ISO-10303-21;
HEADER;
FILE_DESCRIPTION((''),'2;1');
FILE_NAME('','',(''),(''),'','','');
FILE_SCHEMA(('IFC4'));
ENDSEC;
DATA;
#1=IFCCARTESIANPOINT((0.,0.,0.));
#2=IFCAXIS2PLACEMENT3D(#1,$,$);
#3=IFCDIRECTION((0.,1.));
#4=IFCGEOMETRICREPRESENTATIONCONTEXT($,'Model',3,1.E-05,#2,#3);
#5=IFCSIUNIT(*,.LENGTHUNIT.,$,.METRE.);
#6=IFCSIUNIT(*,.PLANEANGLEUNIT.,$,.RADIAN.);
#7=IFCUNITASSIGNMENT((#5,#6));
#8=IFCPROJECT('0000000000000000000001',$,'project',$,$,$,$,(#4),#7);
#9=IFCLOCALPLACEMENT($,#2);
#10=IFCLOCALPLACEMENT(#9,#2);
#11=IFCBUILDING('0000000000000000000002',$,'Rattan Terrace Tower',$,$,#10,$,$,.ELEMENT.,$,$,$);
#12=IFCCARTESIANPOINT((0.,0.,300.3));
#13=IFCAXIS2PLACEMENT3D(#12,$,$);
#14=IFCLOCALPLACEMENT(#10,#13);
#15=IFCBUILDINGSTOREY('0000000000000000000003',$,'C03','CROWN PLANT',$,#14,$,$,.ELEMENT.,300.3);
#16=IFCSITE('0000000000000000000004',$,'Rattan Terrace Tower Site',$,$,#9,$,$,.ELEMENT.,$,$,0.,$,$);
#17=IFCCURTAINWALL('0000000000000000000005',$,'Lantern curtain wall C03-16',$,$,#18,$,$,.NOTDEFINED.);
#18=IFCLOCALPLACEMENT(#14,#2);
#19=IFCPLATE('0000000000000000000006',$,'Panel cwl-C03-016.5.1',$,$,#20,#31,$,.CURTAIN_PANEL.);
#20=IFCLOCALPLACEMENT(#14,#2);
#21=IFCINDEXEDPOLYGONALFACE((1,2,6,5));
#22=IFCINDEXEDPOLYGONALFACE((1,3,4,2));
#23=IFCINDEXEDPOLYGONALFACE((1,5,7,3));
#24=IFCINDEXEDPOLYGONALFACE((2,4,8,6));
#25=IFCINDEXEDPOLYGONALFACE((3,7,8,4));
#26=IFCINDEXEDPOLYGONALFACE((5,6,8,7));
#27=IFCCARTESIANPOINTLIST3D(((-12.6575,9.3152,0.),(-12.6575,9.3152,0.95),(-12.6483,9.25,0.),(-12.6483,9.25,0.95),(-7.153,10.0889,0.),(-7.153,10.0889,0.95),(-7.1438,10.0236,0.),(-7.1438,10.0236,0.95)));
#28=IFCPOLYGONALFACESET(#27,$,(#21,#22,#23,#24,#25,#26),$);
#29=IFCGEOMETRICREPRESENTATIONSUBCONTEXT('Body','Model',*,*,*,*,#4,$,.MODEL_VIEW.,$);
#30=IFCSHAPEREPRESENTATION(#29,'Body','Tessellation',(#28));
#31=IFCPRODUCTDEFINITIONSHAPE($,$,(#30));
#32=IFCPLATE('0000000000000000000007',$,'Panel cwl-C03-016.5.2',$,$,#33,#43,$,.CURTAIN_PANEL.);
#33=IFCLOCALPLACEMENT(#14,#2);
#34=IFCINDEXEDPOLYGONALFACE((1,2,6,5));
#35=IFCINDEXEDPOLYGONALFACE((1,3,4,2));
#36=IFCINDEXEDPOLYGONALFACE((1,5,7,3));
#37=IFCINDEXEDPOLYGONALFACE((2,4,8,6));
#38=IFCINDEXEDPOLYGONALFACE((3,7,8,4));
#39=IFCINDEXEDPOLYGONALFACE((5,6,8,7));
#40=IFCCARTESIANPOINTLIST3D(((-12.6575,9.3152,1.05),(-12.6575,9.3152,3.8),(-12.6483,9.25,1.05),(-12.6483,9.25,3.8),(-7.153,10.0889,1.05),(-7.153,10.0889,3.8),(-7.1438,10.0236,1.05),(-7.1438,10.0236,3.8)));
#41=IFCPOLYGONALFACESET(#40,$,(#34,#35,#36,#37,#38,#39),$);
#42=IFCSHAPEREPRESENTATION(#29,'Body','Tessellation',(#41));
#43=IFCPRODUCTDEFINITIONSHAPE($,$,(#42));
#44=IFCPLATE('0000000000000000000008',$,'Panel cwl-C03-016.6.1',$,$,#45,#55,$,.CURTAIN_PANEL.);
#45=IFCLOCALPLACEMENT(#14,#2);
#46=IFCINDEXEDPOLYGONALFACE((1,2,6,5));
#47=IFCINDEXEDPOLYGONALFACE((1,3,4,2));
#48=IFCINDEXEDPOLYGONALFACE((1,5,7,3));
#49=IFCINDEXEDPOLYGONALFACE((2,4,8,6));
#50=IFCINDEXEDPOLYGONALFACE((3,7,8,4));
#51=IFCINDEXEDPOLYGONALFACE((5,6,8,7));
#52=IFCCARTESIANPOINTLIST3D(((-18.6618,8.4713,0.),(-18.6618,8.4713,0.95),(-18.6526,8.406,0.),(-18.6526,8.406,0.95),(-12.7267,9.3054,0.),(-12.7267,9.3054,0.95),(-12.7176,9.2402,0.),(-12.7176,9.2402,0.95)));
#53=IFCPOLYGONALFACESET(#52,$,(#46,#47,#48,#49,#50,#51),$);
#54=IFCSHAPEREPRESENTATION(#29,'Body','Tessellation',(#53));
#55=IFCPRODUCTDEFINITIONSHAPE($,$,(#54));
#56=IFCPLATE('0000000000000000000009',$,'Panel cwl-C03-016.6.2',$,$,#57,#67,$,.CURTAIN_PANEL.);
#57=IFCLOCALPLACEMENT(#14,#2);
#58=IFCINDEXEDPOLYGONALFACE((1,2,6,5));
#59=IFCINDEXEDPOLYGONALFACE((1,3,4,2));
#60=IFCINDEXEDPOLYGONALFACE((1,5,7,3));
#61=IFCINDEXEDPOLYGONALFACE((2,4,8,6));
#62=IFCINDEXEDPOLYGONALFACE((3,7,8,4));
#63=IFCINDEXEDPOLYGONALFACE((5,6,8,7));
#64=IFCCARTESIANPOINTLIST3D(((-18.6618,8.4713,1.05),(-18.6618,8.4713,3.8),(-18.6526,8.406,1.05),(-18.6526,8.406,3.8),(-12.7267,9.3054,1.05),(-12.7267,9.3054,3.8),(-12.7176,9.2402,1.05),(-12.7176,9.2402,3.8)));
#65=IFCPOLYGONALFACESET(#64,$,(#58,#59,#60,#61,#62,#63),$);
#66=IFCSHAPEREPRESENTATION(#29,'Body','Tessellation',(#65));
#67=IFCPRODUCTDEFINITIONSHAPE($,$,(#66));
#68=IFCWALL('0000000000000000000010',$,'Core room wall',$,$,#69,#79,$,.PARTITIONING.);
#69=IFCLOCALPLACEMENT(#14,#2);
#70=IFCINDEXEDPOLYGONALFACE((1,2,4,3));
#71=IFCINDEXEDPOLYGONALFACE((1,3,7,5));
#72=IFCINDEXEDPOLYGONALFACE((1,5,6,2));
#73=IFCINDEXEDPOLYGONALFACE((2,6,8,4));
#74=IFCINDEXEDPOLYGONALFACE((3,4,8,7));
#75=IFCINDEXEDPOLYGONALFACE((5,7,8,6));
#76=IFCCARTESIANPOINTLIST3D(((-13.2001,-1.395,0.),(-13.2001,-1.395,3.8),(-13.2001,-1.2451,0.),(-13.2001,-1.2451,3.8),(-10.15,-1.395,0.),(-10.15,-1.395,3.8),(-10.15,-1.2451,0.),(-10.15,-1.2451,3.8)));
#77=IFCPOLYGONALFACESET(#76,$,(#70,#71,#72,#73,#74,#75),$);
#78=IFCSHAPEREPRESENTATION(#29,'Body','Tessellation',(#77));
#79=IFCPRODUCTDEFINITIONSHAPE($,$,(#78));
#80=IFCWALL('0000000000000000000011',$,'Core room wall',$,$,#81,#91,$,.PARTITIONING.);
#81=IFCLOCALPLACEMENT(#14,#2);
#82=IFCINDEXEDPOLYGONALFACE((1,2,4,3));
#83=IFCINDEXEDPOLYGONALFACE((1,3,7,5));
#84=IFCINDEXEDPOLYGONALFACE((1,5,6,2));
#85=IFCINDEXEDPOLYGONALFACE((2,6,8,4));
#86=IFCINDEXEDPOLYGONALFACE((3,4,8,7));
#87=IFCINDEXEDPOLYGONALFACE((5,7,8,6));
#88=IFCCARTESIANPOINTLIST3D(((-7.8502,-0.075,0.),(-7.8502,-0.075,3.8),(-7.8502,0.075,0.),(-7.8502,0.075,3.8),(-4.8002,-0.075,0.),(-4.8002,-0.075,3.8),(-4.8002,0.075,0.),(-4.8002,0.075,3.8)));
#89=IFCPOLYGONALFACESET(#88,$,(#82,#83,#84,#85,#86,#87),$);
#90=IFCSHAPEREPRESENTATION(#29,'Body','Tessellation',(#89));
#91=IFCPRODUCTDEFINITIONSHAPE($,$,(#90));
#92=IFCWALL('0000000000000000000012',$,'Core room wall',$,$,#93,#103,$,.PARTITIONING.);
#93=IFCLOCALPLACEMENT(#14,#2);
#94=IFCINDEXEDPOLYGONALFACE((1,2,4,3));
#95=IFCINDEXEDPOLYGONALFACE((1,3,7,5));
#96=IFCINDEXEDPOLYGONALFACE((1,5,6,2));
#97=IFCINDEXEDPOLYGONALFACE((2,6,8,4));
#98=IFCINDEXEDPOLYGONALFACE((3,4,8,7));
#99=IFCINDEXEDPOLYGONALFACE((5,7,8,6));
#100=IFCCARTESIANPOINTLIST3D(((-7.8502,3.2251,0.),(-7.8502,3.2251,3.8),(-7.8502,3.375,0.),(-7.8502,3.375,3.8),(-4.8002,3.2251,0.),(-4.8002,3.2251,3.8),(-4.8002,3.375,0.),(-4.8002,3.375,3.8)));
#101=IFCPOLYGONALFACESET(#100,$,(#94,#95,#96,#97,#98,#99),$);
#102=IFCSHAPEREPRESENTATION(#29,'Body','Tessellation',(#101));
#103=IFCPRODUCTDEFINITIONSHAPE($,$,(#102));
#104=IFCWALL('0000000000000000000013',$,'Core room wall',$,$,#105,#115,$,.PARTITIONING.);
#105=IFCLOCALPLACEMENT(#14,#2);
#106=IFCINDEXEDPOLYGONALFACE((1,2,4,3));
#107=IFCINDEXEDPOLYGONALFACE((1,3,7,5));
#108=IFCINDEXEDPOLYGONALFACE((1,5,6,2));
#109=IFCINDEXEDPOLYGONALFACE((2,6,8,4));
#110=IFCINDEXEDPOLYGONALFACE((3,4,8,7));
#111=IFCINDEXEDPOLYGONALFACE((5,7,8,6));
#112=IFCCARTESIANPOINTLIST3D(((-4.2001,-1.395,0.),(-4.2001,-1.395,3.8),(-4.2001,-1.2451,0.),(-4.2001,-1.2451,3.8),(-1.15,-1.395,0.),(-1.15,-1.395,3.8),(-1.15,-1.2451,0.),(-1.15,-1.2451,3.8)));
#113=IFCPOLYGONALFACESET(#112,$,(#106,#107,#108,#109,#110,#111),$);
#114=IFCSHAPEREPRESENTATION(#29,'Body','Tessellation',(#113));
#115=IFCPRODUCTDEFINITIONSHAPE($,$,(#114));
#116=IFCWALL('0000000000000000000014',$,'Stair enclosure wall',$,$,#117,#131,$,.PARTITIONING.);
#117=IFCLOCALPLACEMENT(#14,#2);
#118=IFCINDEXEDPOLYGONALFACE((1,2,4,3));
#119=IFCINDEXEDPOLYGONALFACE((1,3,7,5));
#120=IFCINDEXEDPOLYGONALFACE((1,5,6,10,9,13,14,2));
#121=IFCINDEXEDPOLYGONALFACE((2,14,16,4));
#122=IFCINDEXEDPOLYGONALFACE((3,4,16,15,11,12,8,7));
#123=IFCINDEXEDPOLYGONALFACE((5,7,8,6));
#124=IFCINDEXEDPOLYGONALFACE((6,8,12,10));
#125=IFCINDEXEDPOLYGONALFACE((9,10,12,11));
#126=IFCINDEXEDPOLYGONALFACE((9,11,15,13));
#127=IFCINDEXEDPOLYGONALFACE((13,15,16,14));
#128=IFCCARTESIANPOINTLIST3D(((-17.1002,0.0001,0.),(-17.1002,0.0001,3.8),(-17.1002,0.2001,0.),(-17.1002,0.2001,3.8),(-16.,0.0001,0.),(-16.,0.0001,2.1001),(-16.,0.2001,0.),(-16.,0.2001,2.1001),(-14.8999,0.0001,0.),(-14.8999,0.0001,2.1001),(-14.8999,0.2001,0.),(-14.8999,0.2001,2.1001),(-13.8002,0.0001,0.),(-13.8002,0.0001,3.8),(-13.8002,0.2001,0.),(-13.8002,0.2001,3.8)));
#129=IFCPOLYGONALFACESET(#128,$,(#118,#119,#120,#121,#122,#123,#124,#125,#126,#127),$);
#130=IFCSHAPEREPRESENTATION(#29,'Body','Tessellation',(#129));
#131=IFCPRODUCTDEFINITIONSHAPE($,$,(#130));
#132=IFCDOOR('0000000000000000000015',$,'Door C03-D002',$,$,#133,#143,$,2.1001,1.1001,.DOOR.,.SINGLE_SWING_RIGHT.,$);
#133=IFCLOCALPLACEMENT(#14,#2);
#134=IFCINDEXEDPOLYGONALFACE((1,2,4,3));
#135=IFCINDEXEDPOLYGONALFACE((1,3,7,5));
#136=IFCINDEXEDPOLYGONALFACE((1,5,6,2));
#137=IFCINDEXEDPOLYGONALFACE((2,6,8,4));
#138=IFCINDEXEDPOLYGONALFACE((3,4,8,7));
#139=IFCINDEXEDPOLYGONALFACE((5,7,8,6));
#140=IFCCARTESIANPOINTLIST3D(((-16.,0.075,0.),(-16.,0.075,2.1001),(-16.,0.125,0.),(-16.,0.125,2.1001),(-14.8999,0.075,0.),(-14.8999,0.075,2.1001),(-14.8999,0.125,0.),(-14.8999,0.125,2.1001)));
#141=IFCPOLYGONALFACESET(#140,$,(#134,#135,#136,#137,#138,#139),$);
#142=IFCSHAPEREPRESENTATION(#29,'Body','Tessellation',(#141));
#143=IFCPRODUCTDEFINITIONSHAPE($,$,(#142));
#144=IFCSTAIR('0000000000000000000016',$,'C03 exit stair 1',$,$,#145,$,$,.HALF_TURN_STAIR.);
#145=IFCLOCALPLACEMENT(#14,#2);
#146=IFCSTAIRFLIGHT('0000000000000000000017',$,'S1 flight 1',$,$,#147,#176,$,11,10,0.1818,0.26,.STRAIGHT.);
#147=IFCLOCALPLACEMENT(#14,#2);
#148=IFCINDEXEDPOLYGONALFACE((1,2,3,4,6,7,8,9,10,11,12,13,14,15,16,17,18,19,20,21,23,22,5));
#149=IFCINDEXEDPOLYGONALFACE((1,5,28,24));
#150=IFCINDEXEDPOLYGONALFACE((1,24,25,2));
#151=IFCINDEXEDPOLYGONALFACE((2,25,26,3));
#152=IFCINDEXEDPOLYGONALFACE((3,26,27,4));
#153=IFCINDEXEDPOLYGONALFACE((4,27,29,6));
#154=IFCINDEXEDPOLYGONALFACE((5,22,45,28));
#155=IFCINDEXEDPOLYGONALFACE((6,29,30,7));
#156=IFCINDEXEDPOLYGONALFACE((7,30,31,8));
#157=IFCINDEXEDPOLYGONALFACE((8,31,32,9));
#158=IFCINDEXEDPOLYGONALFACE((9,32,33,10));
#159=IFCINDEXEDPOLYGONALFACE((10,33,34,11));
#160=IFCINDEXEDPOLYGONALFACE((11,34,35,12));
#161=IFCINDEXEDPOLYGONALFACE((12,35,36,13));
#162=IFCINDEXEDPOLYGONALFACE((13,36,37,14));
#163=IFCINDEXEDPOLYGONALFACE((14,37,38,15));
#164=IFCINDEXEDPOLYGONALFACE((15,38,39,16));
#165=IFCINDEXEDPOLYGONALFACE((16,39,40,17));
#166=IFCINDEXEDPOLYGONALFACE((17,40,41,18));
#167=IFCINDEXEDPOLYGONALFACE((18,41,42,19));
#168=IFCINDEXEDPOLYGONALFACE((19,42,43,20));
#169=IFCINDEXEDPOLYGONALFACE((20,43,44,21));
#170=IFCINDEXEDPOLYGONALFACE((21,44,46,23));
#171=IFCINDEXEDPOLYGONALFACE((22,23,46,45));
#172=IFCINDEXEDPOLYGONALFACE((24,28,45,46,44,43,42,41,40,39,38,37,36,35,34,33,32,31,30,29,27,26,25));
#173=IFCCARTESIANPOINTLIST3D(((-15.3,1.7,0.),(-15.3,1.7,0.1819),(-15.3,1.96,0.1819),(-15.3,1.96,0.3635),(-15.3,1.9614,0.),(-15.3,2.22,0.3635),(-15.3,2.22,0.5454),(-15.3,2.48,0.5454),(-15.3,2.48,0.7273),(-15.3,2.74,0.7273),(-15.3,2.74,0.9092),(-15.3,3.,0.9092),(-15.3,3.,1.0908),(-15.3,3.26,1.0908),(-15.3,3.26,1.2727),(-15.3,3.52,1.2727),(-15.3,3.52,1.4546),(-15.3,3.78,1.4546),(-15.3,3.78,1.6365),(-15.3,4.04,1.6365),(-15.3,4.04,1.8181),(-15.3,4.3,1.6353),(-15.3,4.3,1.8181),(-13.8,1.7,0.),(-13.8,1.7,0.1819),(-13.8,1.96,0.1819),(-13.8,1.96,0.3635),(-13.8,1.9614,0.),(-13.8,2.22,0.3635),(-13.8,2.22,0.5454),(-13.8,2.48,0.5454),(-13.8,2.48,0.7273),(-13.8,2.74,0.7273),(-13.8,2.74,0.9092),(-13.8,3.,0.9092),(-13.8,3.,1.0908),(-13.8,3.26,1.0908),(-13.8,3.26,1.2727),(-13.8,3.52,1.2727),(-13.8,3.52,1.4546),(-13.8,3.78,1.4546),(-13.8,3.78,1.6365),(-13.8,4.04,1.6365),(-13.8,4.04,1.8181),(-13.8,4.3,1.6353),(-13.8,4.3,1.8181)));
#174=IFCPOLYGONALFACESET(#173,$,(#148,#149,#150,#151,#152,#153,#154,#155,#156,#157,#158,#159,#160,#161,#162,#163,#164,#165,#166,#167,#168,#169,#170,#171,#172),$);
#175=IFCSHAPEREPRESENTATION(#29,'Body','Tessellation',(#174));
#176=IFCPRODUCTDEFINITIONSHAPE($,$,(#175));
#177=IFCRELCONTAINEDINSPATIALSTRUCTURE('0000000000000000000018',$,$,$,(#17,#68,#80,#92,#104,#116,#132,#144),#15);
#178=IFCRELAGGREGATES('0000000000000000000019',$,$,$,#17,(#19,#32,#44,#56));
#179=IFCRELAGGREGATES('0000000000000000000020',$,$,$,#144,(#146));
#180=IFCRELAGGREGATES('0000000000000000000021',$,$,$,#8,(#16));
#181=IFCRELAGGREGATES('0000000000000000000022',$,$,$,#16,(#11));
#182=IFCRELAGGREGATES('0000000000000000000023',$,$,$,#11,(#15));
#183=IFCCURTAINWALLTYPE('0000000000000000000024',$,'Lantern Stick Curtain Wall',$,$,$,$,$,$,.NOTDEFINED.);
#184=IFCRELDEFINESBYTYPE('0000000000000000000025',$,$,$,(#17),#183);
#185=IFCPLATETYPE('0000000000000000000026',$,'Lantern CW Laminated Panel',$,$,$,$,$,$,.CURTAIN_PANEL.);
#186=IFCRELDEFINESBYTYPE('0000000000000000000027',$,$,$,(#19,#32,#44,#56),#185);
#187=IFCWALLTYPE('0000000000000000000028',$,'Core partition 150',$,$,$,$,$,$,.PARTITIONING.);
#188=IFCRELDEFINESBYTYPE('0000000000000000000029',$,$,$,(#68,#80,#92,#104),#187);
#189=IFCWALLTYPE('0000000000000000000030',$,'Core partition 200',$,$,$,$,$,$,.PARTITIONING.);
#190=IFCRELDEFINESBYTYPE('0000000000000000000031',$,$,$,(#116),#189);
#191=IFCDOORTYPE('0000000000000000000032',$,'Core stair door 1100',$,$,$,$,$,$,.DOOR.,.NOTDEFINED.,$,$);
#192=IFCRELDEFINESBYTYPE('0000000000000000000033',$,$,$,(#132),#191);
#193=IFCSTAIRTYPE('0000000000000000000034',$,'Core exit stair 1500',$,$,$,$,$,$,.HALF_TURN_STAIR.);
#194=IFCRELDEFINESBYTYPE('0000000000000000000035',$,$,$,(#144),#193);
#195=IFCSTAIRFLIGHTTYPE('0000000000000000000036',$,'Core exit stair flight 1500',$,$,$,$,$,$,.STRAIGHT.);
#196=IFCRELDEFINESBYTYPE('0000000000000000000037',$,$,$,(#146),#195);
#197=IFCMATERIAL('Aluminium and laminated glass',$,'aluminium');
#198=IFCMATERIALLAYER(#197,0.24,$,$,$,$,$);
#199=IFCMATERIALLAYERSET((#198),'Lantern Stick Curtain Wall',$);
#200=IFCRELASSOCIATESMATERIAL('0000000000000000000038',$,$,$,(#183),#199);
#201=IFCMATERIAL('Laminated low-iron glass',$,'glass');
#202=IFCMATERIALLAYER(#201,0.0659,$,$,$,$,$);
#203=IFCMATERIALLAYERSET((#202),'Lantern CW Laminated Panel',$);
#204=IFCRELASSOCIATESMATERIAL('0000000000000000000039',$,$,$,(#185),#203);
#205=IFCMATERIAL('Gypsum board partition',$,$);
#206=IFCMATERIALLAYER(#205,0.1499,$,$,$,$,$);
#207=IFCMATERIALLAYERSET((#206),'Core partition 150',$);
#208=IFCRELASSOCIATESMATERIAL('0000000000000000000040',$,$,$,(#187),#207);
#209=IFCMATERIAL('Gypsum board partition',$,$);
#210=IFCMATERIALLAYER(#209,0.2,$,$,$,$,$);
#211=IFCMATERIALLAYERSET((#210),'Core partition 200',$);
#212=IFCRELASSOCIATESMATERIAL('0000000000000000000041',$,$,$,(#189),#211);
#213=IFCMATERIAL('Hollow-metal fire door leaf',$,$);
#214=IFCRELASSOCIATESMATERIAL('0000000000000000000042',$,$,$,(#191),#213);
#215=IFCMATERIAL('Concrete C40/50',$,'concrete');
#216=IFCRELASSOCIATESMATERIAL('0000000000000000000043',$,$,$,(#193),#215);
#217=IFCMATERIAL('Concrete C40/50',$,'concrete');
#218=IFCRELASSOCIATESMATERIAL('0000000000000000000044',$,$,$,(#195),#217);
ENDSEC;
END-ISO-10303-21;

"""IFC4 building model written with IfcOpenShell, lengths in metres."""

from ifc_helpers import new_model, si_unit, direction, frame, frame_2d, origin, origin_2d, place, context, subcontext, project, spatial, polyline, rectangle, outline, extrude, material, layer, layer_set, type_object, element, fill, aggregate, save


model = new_model("IFC4")

# Units and contexts
model_context = context("Model", 3, precision=1e-05, world=origin(), true_north=direction((0.0, 1.0)))
body_context = subcontext(model_context, "Body", "Model", "MODEL_VIEW")
ifc_project = project(units=[si_unit("LENGTHUNIT", "METRE"), si_unit("PLANEANGLEUNIT", "RADIAN")], contexts=[model_context])

# Site, building, storey
site_placement = place(None, origin())
site = spatial("IfcSite", under=ifc_project, at=site_placement, Name="Rattan Terrace Tower Site", CompositionType="ELEMENT", RefElevation=0.0)
building_placement = place(site_placement, origin())
building = spatial("IfcBuilding", under=site, at=building_placement, Name="Rattan Terrace Tower", CompositionType="ELEMENT")
storey_placement = place(building_placement, frame((0.0, 0.0, 300.3)))
storey = spatial("IfcBuildingStorey", under=building, at=storey_placement, Name="C03", Description="CROWN PLANT", CompositionType="ELEMENT", Elevation=300.3)

# Curtain wall
ifc_material_1 = material(Name="Aluminium and laminated glass", Category="aluminium")
ifc_layer_1 = layer(ifc_material_1, 0.24)
ifc_layer_set_1 = layer_set([ifc_layer_1], Name="Lantern Stick Curtain Wall")
curtain_wall_type = type_object("IfcCurtainWallType", Name="Lantern Stick Curtain Wall", PredefinedType="NOTDEFINED", material=ifc_layer_set_1)
curtain_wall_placement = place(storey_placement, origin())
curtain_wall = element("IfcCurtainWall", 1, at=curtain_wall_placement, inside=storey, type_object=curtain_wall_type, Name="Lantern curtain wall C03-16", PredefinedType="NOTDEFINED")

# Plates
ifc_material_2 = material(Name="Laminated low-iron glass", Category="glass")
ifc_layer_2 = layer(ifc_material_2, 0.0659)
ifc_layer_set_2 = layer_set([ifc_layer_2], Name="Lantern CW Laminated Panel")
plate_type = type_object("IfcPlateType", Name="Lantern CW Laminated Panel", PredefinedType="CURTAIN_PANEL", material=ifc_layer_set_2)
plate_1_placement = place(storey_placement, frame((-9.9006, 9.6694, 0.0), z_axis=(0.0, 0.0, 1.0), x_axis=(-0.990267, -0.139181, 0.0)))
plate_1 = element("IfcPlate", 2, at=plate_1_placement, type_object=plate_type, Name="Panel cwl-C03-016.5.1", PredefinedType="CURTAIN_PANEL", context=body_context, shape_type="SweptSolid", body=[
    extrude(rectangle(XDim=5.5586, YDim=0.0659, at=origin_2d()), origin(), (0.0, 0.0, 1.0), 0.95),
])
plate_2_placement = place(storey_placement, frame((-9.9006, 9.6694, 1.05), z_axis=(0.0, 0.0, 1.0), x_axis=(-0.990267, -0.139181, 0.0)))
plate_2 = element("IfcPlate", 3, at=plate_2_placement, type_object=plate_type, Name="Panel cwl-C03-016.5.2", PredefinedType="CURTAIN_PANEL", context=body_context, shape_type="SweptSolid", body=[
    extrude(rectangle(XDim=5.5586, YDim=0.0659, at=origin_2d()), origin(), (0.0, 0.0, 1.0), 2.75),
])
plate_3_placement = place(storey_placement, frame((-15.6897, 8.8557, 0.0), z_axis=(0.0, 0.0, 1.0), x_axis=(-0.990267, -0.139181, 0.0)))
plate_3 = element("IfcPlate", 4, at=plate_3_placement, type_object=plate_type, Name="Panel cwl-C03-016.6.1", PredefinedType="CURTAIN_PANEL", context=body_context, shape_type="SweptSolid", body=[
    extrude(rectangle(XDim=5.9934, YDim=0.0659, at=origin_2d()), origin(), (0.0, 0.0, 1.0), 0.95),
])
plate_4_placement = place(storey_placement, frame((-15.6897, 8.8557, 1.05), z_axis=(0.0, 0.0, 1.0), x_axis=(-0.990267, -0.139181, 0.0)))
plate_4 = element("IfcPlate", 5, at=plate_4_placement, type_object=plate_type, Name="Panel cwl-C03-016.6.2", PredefinedType="CURTAIN_PANEL", context=body_context, shape_type="SweptSolid", body=[
    extrude(rectangle(XDim=5.9934, YDim=0.0659, at=origin_2d()), origin(), (0.0, 0.0, 1.0), 2.75),
])
aggregate(curtain_wall, [plate_1, plate_2, plate_3, plate_4])

# Walls
ifc_material_3 = material(Name="Gypsum board partition")
ifc_layer_3 = layer(ifc_material_3, 0.1499)
ifc_layer_set_3 = layer_set([ifc_layer_3], Name="Core partition 150")
wall_type_1 = type_object("IfcWallType", Name="Core partition 150", PredefinedType="PARTITIONING", material=ifc_layer_set_3)
for number, where, z_axis, x_axis, name in (
    (6, (-13.2, -1.3201, 0.0), (0.0, 0.0, 1.0), (1.0, 0.0, 0.0), "Core room wall"),
    (7, (-7.8501, 0.0, 0.0), (0.0, 0.0, 1.0), (1.0, 0.0, 0.0), "Core room wall"),
    (8, (-7.8501, 3.3, 0.0), (0.0, 0.0, 1.0), (1.0, 0.0, 0.0), "Core room wall"),
    (9, (-4.2, -1.3201, 0.0), (0.0, 0.0, 1.0), (1.0, 0.0, 0.0), "Core room wall"),
):
    element("IfcWall", number, at=place(storey_placement, frame(where, z_axis=z_axis, x_axis=x_axis)), inside=storey, type_object=wall_type_1, Name=name, PredefinedType="PARTITIONING", context=body_context, shape_type="SweptSolid", body=[
        extrude(rectangle(XDim=3.05, YDim=0.1499, at=frame_2d((1.5249, 0.0))), origin(), (0.0, 0.0, 1.0), 3.8),
    ])

# Wall, opening, door
ifc_material_4 = material(Name="Gypsum board partition")
ifc_layer_4 = layer(ifc_material_4, 0.2)
ifc_layer_set_4 = layer_set([ifc_layer_4], Name="Core partition 200")
wall_type_2 = type_object("IfcWallType", Name="Core partition 200", PredefinedType="PARTITIONING", material=ifc_layer_set_4)
wall_placement = place(storey_placement, frame((-17.1001, 0.1001, 0.0), z_axis=(0.0, 0.0, 1.0), x_axis=(1.0, 0.0, 0.0)))
wall = element("IfcWall", 10, at=wall_placement, inside=storey, type_object=wall_type_2, Name="Stair enclosure wall", PredefinedType="PARTITIONING", context=body_context, shape_type="SweptSolid", body=[
    extrude(rectangle(XDim=3.3, YDim=0.2, at=frame_2d((1.6499, 0.0))), origin(), (0.0, 0.0, 1.0), 3.8),
])
opening_placement = place(wall_placement, frame((1.1001, 0.0, 0.0)))
opening = element("IfcOpeningElement", 11, at=opening_placement, cuts=wall, PredefinedType="OPENING", context=body_context, shape_type="SweptSolid", body=[
    extrude(rectangle(XDim=1.1001, YDim=2.1001, at=frame_2d((0.55, 1.05))), frame((0.0, 0.1106, 0.0), z_axis=(0.0, -1.0, 0.0), x_axis=(1.0, 0.0, 0.0)), (0.0, 0.0, 1.0), 0.2209),
])
ifc_material_5 = material(Name="Hollow-metal fire door leaf")
door_type = type_object("IfcDoorType", Name="Core stair door 1100", OperationType="NOTDEFINED", PredefinedType="DOOR", material=ifc_material_5)
door_placement = place(opening_placement, origin())
door = element("IfcDoor", 12, at=door_placement, inside=storey, type_object=door_type, Name="Door C03-D002", OperationType="SINGLE_SWING_RIGHT", OverallHeight=2.1001, OverallWidth=1.1001, PredefinedType="DOOR", context=body_context, shape_type="SweptSolid", body=[
    extrude(rectangle(XDim=1.1001, YDim=2.1001, at=frame_2d((0.55, 1.05))), frame((0.0, 0.0249, 0.0), z_axis=(0.0, -1.0, 0.0), x_axis=(1.0, 0.0, 0.0)), (0.0, 0.0, 1.0), 0.05),
])
fill(opening, door)

# Stair, stair flight
ifc_material_6 = material(Name="Concrete C40/50", Category="concrete")
stair_type = type_object("IfcStairType", Name="Core exit stair 1500", PredefinedType="HALF_TURN_STAIR", material=ifc_material_6)
stair_placement = place(storey_placement, origin())
stair = element("IfcStair", 13, at=stair_placement, inside=storey, type_object=stair_type, Name="C03 exit stair 1", PredefinedType="HALF_TURN_STAIR")
ifc_material_7 = material(Name="Concrete C40/50", Category="concrete")
stair_flight_type = type_object("IfcStairFlightType", Name="Core exit stair flight 1500", PredefinedType="STRAIGHT", material=ifc_material_7)
stair_flight_1_placement = place(storey_placement, frame((-14.55, 1.7, 0.0), z_axis=(0.0, 0.0, 1.0), x_axis=(0.0, 1.0, 0.0)))
stair_flight_1 = element("IfcStairFlight", 14, at=stair_flight_1_placement, type_object=stair_flight_type, Name="S1 flight 1", NumberOfRisers=11, NumberOfTreads=10, PredefinedType="STRAIGHT", RiserHeight=0.1818, TreadLength=0.26, context=body_context, shape_type="SweptSolid", body=[
    extrude(outline(polyline([(0.0, 0.0), (0.0, 0.1819), (0.26, 0.1819), (0.26, 0.3635), (0.52, 0.3635), (0.52, 0.5454), (0.78, 0.5454), (0.78, 0.7273), (1.04, 0.7273), (1.04, 0.9092), (1.3, 0.9092), (1.3, 1.0908), (1.5601, 1.0908), (1.5601, 1.2727), (1.8201, 1.2727), (1.8201, 1.4546), (2.0801, 1.4546), (2.0801, 1.6365), (2.3401, 1.6365), (2.3401, 1.8181), (2.6001, 1.8181), (2.6001, 2.0), (2.6001, 1.6353), (0.2615, 0.0), (0.0, 0.0)])), frame((0.0, 0.75, 0.0), z_axis=(0.0, -1.0, 0.0), x_axis=(1.0, 0.0, 0.0)), (0.0, 0.0, 1.0), 1.5),
])
aggregate(stair, [stair_flight_1])

save(model, "model.ifc")
